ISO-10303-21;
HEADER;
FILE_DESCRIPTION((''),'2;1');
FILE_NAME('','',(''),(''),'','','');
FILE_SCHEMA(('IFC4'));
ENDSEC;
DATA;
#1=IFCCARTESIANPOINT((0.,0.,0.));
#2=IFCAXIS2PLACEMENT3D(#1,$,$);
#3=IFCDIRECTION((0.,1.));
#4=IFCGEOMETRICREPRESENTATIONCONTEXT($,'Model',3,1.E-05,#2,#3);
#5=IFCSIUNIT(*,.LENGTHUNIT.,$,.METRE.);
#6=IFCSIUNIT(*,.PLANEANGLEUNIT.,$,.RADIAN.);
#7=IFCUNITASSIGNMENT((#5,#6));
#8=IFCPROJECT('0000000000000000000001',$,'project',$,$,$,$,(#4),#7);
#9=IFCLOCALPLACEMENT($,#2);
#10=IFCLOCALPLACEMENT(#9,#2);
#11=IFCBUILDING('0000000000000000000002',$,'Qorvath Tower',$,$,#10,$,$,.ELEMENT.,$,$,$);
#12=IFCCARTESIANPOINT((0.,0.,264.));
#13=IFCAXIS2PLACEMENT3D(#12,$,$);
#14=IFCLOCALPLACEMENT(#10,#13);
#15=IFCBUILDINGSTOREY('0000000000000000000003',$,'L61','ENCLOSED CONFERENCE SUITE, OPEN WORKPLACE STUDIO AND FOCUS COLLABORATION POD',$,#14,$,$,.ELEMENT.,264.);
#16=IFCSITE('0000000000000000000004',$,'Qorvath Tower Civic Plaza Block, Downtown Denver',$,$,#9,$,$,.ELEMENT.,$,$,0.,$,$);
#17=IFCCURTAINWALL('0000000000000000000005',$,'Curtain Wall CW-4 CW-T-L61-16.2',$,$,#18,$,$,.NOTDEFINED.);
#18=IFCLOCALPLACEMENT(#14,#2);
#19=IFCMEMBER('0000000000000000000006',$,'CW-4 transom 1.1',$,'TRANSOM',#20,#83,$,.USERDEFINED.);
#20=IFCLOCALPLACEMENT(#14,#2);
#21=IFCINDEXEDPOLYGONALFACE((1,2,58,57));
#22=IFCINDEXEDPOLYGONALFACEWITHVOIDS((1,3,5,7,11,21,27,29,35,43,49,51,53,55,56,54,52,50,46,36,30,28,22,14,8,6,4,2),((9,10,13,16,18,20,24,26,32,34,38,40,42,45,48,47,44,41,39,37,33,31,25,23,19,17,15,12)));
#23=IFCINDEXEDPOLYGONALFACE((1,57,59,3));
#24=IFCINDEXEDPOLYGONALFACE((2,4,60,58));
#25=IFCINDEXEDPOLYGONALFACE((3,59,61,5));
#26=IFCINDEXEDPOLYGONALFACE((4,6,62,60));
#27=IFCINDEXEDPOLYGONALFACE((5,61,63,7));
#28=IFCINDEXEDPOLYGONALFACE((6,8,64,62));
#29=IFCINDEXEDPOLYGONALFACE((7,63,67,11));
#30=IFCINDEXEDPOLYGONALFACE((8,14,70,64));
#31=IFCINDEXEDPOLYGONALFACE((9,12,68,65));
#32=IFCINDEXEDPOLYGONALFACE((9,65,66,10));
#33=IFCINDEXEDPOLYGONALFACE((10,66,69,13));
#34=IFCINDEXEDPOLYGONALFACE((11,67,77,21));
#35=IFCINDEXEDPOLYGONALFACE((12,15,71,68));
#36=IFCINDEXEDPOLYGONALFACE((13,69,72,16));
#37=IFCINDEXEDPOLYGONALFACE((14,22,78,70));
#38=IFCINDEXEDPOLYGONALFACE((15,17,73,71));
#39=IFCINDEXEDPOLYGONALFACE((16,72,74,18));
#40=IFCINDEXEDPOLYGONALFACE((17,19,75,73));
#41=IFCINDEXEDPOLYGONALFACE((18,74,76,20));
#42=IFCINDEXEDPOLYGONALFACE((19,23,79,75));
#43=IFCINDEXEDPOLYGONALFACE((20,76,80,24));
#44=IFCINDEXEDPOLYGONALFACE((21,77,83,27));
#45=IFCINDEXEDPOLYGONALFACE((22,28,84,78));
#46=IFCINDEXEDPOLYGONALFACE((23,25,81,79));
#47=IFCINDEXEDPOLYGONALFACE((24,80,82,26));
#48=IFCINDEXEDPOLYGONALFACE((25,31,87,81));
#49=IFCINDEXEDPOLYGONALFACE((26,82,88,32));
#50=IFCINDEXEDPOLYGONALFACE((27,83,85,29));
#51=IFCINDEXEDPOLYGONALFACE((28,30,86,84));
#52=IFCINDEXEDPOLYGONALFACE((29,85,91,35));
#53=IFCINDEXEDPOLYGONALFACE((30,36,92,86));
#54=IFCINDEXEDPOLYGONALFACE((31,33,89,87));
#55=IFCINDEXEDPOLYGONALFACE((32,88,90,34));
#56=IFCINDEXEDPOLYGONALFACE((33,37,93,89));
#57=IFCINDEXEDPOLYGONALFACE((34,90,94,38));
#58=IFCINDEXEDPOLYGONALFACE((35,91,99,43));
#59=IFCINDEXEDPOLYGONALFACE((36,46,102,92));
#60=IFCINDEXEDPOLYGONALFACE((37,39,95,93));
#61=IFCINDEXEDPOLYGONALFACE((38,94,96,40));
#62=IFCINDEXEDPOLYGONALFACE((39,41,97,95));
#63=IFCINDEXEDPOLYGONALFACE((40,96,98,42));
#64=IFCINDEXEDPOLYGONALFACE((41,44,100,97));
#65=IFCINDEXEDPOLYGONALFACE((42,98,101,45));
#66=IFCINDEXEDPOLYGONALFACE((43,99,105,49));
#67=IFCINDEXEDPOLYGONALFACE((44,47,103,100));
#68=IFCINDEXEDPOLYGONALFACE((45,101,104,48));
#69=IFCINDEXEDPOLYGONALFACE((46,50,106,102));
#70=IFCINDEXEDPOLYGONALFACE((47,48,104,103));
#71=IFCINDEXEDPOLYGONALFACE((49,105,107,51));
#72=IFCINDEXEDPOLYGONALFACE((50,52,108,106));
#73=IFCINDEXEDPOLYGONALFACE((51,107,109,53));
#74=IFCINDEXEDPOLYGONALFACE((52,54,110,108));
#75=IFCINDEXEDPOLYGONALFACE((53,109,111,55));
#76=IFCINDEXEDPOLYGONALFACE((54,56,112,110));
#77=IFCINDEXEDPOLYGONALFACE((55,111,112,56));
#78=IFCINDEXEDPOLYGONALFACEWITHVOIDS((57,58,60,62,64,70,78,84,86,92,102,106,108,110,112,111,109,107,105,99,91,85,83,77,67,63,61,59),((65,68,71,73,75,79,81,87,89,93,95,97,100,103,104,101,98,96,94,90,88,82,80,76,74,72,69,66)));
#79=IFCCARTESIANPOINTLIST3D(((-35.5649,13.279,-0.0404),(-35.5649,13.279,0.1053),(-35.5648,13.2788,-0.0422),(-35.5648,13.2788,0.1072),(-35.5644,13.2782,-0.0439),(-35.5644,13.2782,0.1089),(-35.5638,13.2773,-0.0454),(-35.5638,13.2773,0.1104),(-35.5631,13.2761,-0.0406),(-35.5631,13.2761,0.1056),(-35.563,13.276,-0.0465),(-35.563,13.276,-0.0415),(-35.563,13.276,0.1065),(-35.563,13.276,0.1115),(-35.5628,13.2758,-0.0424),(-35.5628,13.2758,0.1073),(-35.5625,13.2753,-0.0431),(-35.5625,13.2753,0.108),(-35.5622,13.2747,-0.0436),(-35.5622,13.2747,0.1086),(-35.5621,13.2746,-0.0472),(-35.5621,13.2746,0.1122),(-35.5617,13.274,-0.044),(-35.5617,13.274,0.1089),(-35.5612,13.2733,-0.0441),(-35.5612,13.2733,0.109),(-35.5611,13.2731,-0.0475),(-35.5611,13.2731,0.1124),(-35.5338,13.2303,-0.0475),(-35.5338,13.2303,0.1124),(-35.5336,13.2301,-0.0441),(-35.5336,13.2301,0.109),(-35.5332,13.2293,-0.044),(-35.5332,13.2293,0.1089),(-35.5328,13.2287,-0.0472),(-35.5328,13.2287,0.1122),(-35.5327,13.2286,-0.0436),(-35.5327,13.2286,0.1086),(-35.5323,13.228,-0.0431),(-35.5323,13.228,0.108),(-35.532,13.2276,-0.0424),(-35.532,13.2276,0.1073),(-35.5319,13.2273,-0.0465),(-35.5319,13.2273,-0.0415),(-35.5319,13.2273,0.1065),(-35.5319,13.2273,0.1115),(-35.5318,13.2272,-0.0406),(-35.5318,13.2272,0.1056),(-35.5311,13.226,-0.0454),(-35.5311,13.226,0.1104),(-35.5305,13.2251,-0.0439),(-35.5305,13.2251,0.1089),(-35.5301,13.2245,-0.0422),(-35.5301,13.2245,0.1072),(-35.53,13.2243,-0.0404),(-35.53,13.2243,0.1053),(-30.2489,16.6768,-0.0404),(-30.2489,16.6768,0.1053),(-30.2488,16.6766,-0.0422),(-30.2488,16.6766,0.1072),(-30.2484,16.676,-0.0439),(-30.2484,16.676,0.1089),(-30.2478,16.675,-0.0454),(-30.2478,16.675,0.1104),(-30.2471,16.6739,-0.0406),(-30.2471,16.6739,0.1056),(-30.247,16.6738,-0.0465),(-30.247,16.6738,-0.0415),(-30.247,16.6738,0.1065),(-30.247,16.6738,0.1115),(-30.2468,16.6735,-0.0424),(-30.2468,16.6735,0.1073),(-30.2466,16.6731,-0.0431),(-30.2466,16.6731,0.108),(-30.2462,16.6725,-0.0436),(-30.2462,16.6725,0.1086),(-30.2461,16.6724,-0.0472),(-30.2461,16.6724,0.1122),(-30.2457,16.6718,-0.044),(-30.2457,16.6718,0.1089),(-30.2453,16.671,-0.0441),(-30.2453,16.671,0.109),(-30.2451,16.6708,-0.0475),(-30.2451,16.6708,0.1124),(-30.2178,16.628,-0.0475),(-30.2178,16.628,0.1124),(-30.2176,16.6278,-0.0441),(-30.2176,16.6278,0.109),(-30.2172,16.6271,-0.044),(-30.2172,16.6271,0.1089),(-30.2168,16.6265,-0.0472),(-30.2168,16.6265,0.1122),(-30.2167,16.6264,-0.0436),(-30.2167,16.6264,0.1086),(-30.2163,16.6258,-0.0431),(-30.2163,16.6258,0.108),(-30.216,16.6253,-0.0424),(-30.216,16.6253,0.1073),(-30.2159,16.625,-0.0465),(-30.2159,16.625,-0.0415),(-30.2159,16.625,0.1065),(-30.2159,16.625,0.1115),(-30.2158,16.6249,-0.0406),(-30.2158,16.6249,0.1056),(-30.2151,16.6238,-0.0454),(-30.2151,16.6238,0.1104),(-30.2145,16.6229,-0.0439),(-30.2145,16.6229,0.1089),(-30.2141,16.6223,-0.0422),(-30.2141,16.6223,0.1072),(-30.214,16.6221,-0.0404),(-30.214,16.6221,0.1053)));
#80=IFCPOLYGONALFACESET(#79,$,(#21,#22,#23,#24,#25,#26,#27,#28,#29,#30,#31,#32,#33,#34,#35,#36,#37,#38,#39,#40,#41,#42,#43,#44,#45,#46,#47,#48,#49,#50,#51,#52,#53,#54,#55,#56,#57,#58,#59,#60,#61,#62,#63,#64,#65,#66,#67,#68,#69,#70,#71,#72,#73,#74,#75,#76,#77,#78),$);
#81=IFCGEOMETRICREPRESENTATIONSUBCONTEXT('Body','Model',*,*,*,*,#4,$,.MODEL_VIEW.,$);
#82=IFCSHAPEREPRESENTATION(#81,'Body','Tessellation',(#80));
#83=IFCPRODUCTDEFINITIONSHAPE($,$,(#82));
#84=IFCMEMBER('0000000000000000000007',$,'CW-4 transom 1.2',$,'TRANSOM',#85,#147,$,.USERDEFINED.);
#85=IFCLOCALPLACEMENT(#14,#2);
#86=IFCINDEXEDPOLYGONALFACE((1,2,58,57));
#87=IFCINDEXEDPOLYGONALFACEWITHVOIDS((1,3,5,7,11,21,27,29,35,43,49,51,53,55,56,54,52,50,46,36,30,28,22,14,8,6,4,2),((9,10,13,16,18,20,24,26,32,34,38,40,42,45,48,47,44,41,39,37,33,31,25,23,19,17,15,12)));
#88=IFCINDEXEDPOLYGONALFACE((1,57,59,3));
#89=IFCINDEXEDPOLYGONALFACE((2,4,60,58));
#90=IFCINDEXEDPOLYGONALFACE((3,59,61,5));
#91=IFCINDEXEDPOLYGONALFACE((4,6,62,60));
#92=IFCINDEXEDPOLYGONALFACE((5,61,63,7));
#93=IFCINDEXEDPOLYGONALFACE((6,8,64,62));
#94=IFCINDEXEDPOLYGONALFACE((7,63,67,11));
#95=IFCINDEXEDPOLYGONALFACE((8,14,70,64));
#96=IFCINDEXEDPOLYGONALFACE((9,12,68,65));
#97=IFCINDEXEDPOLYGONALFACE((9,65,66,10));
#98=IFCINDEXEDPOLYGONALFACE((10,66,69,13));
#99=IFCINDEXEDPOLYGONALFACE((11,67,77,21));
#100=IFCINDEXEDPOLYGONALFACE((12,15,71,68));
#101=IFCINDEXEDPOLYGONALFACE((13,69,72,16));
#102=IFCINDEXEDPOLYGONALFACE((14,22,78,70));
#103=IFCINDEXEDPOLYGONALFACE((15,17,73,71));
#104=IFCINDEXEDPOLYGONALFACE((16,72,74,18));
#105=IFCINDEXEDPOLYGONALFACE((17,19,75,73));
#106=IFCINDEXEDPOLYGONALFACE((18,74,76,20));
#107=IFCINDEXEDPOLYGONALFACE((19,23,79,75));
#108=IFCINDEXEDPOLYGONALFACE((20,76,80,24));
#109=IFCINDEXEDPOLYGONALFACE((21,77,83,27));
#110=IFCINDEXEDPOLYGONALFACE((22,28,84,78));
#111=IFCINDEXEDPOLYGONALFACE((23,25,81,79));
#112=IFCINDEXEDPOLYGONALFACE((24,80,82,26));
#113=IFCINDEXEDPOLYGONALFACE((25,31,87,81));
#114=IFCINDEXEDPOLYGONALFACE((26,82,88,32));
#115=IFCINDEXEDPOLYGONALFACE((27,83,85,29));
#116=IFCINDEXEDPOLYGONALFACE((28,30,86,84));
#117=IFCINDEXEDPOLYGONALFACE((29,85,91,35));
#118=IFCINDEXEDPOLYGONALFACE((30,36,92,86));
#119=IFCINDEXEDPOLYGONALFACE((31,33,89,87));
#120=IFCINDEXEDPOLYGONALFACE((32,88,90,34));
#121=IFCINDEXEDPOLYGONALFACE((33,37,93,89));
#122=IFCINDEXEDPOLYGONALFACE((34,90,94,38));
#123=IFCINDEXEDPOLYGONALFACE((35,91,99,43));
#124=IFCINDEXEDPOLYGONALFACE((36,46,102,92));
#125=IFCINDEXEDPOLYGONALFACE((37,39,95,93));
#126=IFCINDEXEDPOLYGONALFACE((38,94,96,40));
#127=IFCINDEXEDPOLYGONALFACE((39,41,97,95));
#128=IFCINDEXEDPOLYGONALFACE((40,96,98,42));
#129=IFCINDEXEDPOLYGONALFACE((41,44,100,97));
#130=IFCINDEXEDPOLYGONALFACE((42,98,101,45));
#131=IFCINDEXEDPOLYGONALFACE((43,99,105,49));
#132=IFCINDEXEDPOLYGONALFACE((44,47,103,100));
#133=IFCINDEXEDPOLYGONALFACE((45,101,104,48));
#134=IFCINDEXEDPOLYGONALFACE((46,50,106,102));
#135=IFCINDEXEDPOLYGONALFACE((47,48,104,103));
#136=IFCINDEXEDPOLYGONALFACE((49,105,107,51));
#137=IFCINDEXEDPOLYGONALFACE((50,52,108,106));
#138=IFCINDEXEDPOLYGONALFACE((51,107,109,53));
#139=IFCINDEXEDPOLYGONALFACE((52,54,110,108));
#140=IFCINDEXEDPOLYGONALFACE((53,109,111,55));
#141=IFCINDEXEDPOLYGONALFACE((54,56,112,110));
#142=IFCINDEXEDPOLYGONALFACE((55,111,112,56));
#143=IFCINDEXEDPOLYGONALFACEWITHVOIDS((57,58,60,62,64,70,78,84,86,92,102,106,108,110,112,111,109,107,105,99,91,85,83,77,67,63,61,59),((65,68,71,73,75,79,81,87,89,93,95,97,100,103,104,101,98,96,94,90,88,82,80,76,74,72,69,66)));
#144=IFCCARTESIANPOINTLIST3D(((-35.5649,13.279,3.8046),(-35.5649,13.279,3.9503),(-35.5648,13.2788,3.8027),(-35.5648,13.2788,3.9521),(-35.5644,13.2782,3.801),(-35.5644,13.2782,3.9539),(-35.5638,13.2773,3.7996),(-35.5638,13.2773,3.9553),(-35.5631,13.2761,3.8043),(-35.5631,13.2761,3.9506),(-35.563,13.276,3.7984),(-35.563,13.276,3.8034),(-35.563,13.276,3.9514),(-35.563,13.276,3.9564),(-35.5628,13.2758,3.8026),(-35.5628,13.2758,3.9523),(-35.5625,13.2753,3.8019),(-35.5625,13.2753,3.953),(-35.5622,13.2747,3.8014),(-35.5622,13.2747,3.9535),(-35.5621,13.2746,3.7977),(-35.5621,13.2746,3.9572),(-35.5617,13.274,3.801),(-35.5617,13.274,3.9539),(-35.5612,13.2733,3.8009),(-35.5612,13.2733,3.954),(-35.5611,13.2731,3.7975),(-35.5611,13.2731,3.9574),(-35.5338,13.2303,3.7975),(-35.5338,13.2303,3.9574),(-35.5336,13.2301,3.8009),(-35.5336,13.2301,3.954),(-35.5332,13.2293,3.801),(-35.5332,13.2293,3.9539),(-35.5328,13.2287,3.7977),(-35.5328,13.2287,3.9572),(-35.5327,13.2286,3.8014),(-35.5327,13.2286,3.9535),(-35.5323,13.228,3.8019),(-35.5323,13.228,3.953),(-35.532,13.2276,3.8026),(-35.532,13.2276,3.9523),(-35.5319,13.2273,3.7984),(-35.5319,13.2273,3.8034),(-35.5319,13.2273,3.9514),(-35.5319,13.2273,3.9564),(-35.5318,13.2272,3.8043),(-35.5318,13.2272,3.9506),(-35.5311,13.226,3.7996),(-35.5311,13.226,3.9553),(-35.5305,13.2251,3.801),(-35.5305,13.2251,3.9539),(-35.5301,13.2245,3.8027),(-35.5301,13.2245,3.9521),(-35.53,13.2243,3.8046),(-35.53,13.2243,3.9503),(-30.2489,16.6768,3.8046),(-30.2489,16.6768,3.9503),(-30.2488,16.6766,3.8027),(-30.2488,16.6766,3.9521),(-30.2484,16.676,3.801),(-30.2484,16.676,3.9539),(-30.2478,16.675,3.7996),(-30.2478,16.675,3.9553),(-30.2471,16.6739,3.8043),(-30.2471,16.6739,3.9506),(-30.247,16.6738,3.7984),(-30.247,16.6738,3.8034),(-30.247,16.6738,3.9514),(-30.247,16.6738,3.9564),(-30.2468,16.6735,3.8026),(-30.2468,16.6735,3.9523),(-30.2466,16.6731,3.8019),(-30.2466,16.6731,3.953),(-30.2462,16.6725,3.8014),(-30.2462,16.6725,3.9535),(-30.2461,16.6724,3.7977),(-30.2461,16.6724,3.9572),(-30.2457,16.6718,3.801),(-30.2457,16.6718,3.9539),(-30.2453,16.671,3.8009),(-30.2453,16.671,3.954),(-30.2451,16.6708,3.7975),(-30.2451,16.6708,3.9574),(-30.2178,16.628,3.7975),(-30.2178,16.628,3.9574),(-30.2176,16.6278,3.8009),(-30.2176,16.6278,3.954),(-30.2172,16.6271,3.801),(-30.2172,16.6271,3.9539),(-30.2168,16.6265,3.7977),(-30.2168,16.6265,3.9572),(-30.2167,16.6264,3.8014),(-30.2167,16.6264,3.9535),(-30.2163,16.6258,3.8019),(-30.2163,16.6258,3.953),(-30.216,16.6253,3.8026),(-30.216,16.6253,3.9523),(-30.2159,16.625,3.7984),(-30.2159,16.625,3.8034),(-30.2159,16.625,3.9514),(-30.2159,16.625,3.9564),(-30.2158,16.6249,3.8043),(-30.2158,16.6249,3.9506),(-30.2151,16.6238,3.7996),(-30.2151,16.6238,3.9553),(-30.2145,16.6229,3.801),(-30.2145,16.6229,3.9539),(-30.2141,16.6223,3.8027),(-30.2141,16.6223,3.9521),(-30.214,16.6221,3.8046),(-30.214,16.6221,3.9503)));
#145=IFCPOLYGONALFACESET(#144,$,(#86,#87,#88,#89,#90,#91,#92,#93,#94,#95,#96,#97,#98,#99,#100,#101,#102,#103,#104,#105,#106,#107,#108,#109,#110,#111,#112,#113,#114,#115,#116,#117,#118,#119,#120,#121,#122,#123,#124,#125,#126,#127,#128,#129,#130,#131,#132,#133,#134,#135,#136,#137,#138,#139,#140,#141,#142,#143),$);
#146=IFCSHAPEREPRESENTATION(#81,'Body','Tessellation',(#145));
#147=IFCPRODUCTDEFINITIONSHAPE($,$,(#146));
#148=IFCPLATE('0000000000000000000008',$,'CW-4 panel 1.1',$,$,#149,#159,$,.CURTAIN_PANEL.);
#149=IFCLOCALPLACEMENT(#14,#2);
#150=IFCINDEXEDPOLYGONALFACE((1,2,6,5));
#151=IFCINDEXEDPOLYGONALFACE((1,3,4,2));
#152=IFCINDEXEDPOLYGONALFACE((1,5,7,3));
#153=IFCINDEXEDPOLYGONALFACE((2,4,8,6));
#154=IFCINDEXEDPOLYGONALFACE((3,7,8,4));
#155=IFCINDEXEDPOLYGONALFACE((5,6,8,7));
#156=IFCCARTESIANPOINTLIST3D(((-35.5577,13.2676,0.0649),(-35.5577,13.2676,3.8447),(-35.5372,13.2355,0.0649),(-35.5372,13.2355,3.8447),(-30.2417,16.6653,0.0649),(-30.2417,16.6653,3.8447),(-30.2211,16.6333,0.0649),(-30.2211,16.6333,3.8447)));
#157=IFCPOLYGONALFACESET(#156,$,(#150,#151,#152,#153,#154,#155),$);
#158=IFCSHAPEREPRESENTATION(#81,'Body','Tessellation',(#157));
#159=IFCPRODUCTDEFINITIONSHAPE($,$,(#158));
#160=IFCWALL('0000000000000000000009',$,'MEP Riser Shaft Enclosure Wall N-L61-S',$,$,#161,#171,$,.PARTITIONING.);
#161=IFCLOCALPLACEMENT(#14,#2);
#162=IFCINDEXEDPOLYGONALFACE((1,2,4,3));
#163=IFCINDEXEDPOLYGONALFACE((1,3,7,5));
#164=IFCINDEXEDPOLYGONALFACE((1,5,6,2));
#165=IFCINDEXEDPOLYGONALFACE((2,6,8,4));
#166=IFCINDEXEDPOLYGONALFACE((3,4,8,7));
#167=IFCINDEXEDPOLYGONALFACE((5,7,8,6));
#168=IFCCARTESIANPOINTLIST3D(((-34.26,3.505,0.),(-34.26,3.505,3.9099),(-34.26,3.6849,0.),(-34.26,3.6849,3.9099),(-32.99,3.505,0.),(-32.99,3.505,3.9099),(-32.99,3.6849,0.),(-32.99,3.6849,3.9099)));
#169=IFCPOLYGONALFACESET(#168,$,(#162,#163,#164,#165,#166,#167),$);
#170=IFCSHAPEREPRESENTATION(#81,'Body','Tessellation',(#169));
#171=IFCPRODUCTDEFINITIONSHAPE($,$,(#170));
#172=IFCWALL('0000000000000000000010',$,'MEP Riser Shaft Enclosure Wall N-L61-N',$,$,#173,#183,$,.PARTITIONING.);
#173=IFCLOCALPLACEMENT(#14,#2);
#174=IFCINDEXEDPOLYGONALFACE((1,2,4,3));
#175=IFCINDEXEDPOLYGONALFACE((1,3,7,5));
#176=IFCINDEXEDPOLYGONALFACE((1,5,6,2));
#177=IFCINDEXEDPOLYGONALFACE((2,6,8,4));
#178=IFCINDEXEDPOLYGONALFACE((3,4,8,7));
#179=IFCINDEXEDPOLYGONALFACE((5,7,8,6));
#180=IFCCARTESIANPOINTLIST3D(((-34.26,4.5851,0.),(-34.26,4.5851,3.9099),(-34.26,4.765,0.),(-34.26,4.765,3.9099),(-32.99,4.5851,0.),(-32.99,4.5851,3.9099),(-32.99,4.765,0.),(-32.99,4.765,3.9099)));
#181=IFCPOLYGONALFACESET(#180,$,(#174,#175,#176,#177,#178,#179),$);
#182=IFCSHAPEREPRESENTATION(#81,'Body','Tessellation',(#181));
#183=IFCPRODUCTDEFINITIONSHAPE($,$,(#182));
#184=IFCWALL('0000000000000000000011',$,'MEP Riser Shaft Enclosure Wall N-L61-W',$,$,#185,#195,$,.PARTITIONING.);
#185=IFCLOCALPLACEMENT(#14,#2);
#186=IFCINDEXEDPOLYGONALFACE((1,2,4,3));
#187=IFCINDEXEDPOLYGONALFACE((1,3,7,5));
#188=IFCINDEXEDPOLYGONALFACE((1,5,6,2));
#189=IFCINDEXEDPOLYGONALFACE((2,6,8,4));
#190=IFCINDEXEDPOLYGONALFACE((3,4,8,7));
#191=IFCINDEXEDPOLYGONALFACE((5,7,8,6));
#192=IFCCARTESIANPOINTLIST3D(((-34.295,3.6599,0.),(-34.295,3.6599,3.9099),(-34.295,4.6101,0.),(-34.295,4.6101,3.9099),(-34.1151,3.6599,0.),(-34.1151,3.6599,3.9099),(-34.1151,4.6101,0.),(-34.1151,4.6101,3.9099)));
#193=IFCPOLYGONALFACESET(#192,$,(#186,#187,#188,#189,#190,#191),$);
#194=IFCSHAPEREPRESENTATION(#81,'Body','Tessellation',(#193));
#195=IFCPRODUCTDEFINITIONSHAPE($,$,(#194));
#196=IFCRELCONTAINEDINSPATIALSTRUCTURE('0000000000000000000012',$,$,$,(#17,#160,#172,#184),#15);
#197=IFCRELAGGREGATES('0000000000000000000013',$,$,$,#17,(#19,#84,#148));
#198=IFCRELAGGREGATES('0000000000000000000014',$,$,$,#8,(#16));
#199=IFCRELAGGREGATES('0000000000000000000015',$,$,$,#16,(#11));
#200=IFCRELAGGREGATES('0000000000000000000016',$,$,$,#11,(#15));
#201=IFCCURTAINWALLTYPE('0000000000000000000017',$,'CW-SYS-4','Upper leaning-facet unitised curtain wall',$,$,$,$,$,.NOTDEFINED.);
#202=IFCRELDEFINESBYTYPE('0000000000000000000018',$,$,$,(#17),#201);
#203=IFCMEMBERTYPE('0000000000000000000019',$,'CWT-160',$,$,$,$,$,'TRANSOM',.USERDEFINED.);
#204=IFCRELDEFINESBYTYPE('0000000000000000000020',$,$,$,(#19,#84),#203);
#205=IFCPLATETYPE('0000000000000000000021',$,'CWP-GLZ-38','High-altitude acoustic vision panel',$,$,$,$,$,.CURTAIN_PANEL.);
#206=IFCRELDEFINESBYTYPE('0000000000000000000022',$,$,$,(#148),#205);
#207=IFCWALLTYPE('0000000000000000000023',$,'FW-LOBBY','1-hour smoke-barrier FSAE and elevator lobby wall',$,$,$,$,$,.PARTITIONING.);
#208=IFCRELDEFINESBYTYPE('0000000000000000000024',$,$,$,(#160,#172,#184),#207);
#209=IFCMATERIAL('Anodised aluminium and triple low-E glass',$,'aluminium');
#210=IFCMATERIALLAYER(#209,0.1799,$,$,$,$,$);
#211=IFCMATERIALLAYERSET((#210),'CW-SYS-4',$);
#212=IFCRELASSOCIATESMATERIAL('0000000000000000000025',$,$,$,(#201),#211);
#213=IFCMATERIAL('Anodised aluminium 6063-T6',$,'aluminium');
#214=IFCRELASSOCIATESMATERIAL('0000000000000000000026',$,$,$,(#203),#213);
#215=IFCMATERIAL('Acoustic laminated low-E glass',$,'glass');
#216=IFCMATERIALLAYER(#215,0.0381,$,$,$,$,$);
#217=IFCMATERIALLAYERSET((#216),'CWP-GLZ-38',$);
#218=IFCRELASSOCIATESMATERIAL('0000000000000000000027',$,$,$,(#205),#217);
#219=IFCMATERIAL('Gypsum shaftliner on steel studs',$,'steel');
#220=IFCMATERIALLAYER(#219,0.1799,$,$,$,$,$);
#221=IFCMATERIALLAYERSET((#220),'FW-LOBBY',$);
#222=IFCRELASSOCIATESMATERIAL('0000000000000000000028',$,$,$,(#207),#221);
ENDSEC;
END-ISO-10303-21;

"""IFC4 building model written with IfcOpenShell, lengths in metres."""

from ifc_helpers import new_model, si_unit, direction, frame, frame_2d, origin, origin_2d, place, context, subcontext, project, spatial, rectangle, hollow_rectangle, extrude, material, layer, layer_set, material_profile, profile_set, type_object, element, aggregate, save


model = new_model("IFC4")

# Units and contexts
model_context = context("Model", 3, precision=1e-05, world=origin(), true_north=direction((0.0, 1.0)))
body_context = subcontext(model_context, "Body", "Model", "MODEL_VIEW")
ifc_project = project(units=[si_unit("LENGTHUNIT", "METRE"), si_unit("PLANEANGLEUNIT", "RADIAN")], contexts=[model_context])

# Site, building, storey
site_placement = place(None, origin())
site = spatial("IfcSite", under=ifc_project, at=site_placement, Name="Qorvath Tower Civic Plaza Block, Downtown Denver", CompositionType="ELEMENT", RefElevation=0.0)
building_placement = place(site_placement, origin())
building = spatial("IfcBuilding", under=site, at=building_placement, Name="Qorvath Tower", CompositionType="ELEMENT")
storey_placement = place(building_placement, frame((0.0, 0.0, 264.0)))
storey = spatial("IfcBuildingStorey", under=building, at=storey_placement, Name="L61", Description="ENCLOSED CONFERENCE SUITE, OPEN WORKPLACE STUDIO AND FOCUS COLLABORATION POD", CompositionType="ELEMENT", Elevation=264.0)

# Curtain wall, members, plate
ifc_material_1 = material(Name="Anodised aluminium and triple low-E glass", Category="aluminium")
ifc_layer_1 = layer(ifc_material_1, 0.1799)
ifc_layer_set_1 = layer_set([ifc_layer_1], Name="CW-SYS-4")
curtain_wall_type = type_object("IfcCurtainWallType", Name="CW-SYS-4", Description="Upper leaning-facet unitised curtain wall", PredefinedType="NOTDEFINED", material=ifc_layer_set_1)
curtain_wall_placement = place(storey_placement, origin())
curtain_wall = element("IfcCurtainWall", 1, at=curtain_wall_placement, inside=storey, type_object=curtain_wall_type, Name="Curtain Wall CW-4 CW-T-L61-16.2", PredefinedType="NOTDEFINED")
ifc_material_2 = material(Name="Anodised aluminium 6063-T6", Category="aluminium")
ifc_material_profile_1 = material_profile(ifc_material_2, hollow_rectangle(XDim=0.0649, YDim=0.1599, WallThickness=0.0034, InnerFilletRadius=0.0034, OuterFilletRadius=0.0071, at=origin_2d()), Name="CWT 160x65")
ifc_profile_set_1 = profile_set([ifc_material_profile_1], Name="Anodised aluminium 6063-T6")
member_type_1 = type_object("IfcMemberType", Name="CWT-160", ElementType="TRANSOM", PredefinedType="USERDEFINED", material=ifc_profile_set_1)
member_1_placement = place(storey_placement, frame((-30.2314, 16.6494, 0.0325), z_axis=(-0.842594, -0.53855, 0.0), x_axis=(0.53855, -0.842594, 0.0)))
member_1 = element("IfcMember", 2, at=member_1_placement, type_object=member_type_1, Name="CW-4 transom 1.1", ObjectType="TRANSOM", PredefinedType="USERDEFINED", context=body_context, shape_type="SweptSolid", body=[
    extrude(hollow_rectangle(XDim=0.0649, YDim=0.1599, WallThickness=0.0034, InnerFilletRadius=0.0034, OuterFilletRadius=0.0071, at=origin_2d()), origin(), (0.0, 0.0, 1.0), 6.3091),
])
member_2_placement = place(storey_placement, frame((-30.2314, 16.6494, 3.8774), z_axis=(-0.842594, -0.53855, 0.0), x_axis=(0.53855, -0.842594, 0.0)))
member_2 = element("IfcMember", 3, at=member_2_placement, type_object=member_type_1, Name="CW-4 transom 1.2", ObjectType="TRANSOM", PredefinedType="USERDEFINED", context=body_context, shape_type="SweptSolid", body=[
    extrude(hollow_rectangle(XDim=0.0649, YDim=0.1599, WallThickness=0.0034, InnerFilletRadius=0.0034, OuterFilletRadius=0.0071, at=origin_2d()), origin(), (0.0, 0.0, 1.0), 6.3091),
])
ifc_material_3 = material(Name="Acoustic laminated low-E glass", Category="glass")
ifc_layer_2 = layer(ifc_material_3, 0.0381)
ifc_layer_set_2 = layer_set([ifc_layer_2], Name="CWP-GLZ-38")
plate_type = type_object("IfcPlateType", Name="CWP-GLZ-38", Description="High-altitude acoustic vision panel", PredefinedType="CURTAIN_PANEL", material=ifc_layer_set_2)
plate_placement = place(storey_placement, frame((-32.8894, 14.9504, 0.0649), z_axis=(0.0, 0.0, 1.0), x_axis=(-0.842597, -0.538544, 0.0)))
plate = element("IfcPlate", 4, at=plate_placement, type_object=plate_type, Name="CW-4 panel 1.1", PredefinedType="CURTAIN_PANEL", context=body_context, shape_type="SweptSolid", body=[
    extrude(rectangle(XDim=6.3091, YDim=0.0381, at=origin_2d()), origin(), (0.0, 0.0, 1.0), 3.7798),
])
aggregate(curtain_wall, [member_1, member_2, plate])

# Walls
ifc_material_4 = material(Name="Gypsum shaftliner on steel studs", Category="steel")
ifc_layer_3 = layer(ifc_material_4, 0.1799)
ifc_layer_set_3 = layer_set([ifc_layer_3], Name="FW-LOBBY")
wall_type_1 = type_object("IfcWallType", Name="FW-LOBBY", Description="1-hour smoke-barrier FSAE and elevator lobby wall", PredefinedType="PARTITIONING", material=ifc_layer_set_3)
for number, where, z_axis, x_axis, name in (
    (5, (-32.99, 3.595, 0.0), (0.0, 0.0, 1.0), (-1.0, 0.0, 0.0), "MEP Riser Shaft Enclosure Wall N-L61-S"),
    (6, (-34.26, 4.675, 0.0), (0.0, 0.0, 1.0), (1.0, 0.0, 0.0), "MEP Riser Shaft Enclosure Wall N-L61-N"),
):
    element("IfcWall", number, at=place(storey_placement, frame(where, z_axis=z_axis, x_axis=x_axis)), inside=storey, type_object=wall_type_1, Name=name, PredefinedType="PARTITIONING", context=body_context, shape_type="SweptSolid", body=[
        extrude(rectangle(XDim=1.27, YDim=0.1799, at=frame_2d((0.635, 0.0))), origin(), (0.0, 0.0, 1.0), 3.9099),
    ])
for number, where, z_axis, x_axis, name in (
    (7, (-34.2051, 3.6599, 0.0), (0.0, 0.0, 1.0), (0.0, 1.0, 0.0), "MEP Riser Shaft Enclosure Wall N-L61-W"),
):
    element("IfcWall", number, at=place(storey_placement, frame(where, z_axis=z_axis, x_axis=x_axis)), inside=storey, type_object=wall_type_1, Name=name, PredefinedType="PARTITIONING", context=body_context, shape_type="SweptSolid", body=[
        extrude(rectangle(XDim=0.9502, YDim=0.1799, at=frame_2d((0.4751, 0.0))), origin(), (0.0, 0.0, 1.0), 3.9099),
    ])

save(model, "model.ifc")
